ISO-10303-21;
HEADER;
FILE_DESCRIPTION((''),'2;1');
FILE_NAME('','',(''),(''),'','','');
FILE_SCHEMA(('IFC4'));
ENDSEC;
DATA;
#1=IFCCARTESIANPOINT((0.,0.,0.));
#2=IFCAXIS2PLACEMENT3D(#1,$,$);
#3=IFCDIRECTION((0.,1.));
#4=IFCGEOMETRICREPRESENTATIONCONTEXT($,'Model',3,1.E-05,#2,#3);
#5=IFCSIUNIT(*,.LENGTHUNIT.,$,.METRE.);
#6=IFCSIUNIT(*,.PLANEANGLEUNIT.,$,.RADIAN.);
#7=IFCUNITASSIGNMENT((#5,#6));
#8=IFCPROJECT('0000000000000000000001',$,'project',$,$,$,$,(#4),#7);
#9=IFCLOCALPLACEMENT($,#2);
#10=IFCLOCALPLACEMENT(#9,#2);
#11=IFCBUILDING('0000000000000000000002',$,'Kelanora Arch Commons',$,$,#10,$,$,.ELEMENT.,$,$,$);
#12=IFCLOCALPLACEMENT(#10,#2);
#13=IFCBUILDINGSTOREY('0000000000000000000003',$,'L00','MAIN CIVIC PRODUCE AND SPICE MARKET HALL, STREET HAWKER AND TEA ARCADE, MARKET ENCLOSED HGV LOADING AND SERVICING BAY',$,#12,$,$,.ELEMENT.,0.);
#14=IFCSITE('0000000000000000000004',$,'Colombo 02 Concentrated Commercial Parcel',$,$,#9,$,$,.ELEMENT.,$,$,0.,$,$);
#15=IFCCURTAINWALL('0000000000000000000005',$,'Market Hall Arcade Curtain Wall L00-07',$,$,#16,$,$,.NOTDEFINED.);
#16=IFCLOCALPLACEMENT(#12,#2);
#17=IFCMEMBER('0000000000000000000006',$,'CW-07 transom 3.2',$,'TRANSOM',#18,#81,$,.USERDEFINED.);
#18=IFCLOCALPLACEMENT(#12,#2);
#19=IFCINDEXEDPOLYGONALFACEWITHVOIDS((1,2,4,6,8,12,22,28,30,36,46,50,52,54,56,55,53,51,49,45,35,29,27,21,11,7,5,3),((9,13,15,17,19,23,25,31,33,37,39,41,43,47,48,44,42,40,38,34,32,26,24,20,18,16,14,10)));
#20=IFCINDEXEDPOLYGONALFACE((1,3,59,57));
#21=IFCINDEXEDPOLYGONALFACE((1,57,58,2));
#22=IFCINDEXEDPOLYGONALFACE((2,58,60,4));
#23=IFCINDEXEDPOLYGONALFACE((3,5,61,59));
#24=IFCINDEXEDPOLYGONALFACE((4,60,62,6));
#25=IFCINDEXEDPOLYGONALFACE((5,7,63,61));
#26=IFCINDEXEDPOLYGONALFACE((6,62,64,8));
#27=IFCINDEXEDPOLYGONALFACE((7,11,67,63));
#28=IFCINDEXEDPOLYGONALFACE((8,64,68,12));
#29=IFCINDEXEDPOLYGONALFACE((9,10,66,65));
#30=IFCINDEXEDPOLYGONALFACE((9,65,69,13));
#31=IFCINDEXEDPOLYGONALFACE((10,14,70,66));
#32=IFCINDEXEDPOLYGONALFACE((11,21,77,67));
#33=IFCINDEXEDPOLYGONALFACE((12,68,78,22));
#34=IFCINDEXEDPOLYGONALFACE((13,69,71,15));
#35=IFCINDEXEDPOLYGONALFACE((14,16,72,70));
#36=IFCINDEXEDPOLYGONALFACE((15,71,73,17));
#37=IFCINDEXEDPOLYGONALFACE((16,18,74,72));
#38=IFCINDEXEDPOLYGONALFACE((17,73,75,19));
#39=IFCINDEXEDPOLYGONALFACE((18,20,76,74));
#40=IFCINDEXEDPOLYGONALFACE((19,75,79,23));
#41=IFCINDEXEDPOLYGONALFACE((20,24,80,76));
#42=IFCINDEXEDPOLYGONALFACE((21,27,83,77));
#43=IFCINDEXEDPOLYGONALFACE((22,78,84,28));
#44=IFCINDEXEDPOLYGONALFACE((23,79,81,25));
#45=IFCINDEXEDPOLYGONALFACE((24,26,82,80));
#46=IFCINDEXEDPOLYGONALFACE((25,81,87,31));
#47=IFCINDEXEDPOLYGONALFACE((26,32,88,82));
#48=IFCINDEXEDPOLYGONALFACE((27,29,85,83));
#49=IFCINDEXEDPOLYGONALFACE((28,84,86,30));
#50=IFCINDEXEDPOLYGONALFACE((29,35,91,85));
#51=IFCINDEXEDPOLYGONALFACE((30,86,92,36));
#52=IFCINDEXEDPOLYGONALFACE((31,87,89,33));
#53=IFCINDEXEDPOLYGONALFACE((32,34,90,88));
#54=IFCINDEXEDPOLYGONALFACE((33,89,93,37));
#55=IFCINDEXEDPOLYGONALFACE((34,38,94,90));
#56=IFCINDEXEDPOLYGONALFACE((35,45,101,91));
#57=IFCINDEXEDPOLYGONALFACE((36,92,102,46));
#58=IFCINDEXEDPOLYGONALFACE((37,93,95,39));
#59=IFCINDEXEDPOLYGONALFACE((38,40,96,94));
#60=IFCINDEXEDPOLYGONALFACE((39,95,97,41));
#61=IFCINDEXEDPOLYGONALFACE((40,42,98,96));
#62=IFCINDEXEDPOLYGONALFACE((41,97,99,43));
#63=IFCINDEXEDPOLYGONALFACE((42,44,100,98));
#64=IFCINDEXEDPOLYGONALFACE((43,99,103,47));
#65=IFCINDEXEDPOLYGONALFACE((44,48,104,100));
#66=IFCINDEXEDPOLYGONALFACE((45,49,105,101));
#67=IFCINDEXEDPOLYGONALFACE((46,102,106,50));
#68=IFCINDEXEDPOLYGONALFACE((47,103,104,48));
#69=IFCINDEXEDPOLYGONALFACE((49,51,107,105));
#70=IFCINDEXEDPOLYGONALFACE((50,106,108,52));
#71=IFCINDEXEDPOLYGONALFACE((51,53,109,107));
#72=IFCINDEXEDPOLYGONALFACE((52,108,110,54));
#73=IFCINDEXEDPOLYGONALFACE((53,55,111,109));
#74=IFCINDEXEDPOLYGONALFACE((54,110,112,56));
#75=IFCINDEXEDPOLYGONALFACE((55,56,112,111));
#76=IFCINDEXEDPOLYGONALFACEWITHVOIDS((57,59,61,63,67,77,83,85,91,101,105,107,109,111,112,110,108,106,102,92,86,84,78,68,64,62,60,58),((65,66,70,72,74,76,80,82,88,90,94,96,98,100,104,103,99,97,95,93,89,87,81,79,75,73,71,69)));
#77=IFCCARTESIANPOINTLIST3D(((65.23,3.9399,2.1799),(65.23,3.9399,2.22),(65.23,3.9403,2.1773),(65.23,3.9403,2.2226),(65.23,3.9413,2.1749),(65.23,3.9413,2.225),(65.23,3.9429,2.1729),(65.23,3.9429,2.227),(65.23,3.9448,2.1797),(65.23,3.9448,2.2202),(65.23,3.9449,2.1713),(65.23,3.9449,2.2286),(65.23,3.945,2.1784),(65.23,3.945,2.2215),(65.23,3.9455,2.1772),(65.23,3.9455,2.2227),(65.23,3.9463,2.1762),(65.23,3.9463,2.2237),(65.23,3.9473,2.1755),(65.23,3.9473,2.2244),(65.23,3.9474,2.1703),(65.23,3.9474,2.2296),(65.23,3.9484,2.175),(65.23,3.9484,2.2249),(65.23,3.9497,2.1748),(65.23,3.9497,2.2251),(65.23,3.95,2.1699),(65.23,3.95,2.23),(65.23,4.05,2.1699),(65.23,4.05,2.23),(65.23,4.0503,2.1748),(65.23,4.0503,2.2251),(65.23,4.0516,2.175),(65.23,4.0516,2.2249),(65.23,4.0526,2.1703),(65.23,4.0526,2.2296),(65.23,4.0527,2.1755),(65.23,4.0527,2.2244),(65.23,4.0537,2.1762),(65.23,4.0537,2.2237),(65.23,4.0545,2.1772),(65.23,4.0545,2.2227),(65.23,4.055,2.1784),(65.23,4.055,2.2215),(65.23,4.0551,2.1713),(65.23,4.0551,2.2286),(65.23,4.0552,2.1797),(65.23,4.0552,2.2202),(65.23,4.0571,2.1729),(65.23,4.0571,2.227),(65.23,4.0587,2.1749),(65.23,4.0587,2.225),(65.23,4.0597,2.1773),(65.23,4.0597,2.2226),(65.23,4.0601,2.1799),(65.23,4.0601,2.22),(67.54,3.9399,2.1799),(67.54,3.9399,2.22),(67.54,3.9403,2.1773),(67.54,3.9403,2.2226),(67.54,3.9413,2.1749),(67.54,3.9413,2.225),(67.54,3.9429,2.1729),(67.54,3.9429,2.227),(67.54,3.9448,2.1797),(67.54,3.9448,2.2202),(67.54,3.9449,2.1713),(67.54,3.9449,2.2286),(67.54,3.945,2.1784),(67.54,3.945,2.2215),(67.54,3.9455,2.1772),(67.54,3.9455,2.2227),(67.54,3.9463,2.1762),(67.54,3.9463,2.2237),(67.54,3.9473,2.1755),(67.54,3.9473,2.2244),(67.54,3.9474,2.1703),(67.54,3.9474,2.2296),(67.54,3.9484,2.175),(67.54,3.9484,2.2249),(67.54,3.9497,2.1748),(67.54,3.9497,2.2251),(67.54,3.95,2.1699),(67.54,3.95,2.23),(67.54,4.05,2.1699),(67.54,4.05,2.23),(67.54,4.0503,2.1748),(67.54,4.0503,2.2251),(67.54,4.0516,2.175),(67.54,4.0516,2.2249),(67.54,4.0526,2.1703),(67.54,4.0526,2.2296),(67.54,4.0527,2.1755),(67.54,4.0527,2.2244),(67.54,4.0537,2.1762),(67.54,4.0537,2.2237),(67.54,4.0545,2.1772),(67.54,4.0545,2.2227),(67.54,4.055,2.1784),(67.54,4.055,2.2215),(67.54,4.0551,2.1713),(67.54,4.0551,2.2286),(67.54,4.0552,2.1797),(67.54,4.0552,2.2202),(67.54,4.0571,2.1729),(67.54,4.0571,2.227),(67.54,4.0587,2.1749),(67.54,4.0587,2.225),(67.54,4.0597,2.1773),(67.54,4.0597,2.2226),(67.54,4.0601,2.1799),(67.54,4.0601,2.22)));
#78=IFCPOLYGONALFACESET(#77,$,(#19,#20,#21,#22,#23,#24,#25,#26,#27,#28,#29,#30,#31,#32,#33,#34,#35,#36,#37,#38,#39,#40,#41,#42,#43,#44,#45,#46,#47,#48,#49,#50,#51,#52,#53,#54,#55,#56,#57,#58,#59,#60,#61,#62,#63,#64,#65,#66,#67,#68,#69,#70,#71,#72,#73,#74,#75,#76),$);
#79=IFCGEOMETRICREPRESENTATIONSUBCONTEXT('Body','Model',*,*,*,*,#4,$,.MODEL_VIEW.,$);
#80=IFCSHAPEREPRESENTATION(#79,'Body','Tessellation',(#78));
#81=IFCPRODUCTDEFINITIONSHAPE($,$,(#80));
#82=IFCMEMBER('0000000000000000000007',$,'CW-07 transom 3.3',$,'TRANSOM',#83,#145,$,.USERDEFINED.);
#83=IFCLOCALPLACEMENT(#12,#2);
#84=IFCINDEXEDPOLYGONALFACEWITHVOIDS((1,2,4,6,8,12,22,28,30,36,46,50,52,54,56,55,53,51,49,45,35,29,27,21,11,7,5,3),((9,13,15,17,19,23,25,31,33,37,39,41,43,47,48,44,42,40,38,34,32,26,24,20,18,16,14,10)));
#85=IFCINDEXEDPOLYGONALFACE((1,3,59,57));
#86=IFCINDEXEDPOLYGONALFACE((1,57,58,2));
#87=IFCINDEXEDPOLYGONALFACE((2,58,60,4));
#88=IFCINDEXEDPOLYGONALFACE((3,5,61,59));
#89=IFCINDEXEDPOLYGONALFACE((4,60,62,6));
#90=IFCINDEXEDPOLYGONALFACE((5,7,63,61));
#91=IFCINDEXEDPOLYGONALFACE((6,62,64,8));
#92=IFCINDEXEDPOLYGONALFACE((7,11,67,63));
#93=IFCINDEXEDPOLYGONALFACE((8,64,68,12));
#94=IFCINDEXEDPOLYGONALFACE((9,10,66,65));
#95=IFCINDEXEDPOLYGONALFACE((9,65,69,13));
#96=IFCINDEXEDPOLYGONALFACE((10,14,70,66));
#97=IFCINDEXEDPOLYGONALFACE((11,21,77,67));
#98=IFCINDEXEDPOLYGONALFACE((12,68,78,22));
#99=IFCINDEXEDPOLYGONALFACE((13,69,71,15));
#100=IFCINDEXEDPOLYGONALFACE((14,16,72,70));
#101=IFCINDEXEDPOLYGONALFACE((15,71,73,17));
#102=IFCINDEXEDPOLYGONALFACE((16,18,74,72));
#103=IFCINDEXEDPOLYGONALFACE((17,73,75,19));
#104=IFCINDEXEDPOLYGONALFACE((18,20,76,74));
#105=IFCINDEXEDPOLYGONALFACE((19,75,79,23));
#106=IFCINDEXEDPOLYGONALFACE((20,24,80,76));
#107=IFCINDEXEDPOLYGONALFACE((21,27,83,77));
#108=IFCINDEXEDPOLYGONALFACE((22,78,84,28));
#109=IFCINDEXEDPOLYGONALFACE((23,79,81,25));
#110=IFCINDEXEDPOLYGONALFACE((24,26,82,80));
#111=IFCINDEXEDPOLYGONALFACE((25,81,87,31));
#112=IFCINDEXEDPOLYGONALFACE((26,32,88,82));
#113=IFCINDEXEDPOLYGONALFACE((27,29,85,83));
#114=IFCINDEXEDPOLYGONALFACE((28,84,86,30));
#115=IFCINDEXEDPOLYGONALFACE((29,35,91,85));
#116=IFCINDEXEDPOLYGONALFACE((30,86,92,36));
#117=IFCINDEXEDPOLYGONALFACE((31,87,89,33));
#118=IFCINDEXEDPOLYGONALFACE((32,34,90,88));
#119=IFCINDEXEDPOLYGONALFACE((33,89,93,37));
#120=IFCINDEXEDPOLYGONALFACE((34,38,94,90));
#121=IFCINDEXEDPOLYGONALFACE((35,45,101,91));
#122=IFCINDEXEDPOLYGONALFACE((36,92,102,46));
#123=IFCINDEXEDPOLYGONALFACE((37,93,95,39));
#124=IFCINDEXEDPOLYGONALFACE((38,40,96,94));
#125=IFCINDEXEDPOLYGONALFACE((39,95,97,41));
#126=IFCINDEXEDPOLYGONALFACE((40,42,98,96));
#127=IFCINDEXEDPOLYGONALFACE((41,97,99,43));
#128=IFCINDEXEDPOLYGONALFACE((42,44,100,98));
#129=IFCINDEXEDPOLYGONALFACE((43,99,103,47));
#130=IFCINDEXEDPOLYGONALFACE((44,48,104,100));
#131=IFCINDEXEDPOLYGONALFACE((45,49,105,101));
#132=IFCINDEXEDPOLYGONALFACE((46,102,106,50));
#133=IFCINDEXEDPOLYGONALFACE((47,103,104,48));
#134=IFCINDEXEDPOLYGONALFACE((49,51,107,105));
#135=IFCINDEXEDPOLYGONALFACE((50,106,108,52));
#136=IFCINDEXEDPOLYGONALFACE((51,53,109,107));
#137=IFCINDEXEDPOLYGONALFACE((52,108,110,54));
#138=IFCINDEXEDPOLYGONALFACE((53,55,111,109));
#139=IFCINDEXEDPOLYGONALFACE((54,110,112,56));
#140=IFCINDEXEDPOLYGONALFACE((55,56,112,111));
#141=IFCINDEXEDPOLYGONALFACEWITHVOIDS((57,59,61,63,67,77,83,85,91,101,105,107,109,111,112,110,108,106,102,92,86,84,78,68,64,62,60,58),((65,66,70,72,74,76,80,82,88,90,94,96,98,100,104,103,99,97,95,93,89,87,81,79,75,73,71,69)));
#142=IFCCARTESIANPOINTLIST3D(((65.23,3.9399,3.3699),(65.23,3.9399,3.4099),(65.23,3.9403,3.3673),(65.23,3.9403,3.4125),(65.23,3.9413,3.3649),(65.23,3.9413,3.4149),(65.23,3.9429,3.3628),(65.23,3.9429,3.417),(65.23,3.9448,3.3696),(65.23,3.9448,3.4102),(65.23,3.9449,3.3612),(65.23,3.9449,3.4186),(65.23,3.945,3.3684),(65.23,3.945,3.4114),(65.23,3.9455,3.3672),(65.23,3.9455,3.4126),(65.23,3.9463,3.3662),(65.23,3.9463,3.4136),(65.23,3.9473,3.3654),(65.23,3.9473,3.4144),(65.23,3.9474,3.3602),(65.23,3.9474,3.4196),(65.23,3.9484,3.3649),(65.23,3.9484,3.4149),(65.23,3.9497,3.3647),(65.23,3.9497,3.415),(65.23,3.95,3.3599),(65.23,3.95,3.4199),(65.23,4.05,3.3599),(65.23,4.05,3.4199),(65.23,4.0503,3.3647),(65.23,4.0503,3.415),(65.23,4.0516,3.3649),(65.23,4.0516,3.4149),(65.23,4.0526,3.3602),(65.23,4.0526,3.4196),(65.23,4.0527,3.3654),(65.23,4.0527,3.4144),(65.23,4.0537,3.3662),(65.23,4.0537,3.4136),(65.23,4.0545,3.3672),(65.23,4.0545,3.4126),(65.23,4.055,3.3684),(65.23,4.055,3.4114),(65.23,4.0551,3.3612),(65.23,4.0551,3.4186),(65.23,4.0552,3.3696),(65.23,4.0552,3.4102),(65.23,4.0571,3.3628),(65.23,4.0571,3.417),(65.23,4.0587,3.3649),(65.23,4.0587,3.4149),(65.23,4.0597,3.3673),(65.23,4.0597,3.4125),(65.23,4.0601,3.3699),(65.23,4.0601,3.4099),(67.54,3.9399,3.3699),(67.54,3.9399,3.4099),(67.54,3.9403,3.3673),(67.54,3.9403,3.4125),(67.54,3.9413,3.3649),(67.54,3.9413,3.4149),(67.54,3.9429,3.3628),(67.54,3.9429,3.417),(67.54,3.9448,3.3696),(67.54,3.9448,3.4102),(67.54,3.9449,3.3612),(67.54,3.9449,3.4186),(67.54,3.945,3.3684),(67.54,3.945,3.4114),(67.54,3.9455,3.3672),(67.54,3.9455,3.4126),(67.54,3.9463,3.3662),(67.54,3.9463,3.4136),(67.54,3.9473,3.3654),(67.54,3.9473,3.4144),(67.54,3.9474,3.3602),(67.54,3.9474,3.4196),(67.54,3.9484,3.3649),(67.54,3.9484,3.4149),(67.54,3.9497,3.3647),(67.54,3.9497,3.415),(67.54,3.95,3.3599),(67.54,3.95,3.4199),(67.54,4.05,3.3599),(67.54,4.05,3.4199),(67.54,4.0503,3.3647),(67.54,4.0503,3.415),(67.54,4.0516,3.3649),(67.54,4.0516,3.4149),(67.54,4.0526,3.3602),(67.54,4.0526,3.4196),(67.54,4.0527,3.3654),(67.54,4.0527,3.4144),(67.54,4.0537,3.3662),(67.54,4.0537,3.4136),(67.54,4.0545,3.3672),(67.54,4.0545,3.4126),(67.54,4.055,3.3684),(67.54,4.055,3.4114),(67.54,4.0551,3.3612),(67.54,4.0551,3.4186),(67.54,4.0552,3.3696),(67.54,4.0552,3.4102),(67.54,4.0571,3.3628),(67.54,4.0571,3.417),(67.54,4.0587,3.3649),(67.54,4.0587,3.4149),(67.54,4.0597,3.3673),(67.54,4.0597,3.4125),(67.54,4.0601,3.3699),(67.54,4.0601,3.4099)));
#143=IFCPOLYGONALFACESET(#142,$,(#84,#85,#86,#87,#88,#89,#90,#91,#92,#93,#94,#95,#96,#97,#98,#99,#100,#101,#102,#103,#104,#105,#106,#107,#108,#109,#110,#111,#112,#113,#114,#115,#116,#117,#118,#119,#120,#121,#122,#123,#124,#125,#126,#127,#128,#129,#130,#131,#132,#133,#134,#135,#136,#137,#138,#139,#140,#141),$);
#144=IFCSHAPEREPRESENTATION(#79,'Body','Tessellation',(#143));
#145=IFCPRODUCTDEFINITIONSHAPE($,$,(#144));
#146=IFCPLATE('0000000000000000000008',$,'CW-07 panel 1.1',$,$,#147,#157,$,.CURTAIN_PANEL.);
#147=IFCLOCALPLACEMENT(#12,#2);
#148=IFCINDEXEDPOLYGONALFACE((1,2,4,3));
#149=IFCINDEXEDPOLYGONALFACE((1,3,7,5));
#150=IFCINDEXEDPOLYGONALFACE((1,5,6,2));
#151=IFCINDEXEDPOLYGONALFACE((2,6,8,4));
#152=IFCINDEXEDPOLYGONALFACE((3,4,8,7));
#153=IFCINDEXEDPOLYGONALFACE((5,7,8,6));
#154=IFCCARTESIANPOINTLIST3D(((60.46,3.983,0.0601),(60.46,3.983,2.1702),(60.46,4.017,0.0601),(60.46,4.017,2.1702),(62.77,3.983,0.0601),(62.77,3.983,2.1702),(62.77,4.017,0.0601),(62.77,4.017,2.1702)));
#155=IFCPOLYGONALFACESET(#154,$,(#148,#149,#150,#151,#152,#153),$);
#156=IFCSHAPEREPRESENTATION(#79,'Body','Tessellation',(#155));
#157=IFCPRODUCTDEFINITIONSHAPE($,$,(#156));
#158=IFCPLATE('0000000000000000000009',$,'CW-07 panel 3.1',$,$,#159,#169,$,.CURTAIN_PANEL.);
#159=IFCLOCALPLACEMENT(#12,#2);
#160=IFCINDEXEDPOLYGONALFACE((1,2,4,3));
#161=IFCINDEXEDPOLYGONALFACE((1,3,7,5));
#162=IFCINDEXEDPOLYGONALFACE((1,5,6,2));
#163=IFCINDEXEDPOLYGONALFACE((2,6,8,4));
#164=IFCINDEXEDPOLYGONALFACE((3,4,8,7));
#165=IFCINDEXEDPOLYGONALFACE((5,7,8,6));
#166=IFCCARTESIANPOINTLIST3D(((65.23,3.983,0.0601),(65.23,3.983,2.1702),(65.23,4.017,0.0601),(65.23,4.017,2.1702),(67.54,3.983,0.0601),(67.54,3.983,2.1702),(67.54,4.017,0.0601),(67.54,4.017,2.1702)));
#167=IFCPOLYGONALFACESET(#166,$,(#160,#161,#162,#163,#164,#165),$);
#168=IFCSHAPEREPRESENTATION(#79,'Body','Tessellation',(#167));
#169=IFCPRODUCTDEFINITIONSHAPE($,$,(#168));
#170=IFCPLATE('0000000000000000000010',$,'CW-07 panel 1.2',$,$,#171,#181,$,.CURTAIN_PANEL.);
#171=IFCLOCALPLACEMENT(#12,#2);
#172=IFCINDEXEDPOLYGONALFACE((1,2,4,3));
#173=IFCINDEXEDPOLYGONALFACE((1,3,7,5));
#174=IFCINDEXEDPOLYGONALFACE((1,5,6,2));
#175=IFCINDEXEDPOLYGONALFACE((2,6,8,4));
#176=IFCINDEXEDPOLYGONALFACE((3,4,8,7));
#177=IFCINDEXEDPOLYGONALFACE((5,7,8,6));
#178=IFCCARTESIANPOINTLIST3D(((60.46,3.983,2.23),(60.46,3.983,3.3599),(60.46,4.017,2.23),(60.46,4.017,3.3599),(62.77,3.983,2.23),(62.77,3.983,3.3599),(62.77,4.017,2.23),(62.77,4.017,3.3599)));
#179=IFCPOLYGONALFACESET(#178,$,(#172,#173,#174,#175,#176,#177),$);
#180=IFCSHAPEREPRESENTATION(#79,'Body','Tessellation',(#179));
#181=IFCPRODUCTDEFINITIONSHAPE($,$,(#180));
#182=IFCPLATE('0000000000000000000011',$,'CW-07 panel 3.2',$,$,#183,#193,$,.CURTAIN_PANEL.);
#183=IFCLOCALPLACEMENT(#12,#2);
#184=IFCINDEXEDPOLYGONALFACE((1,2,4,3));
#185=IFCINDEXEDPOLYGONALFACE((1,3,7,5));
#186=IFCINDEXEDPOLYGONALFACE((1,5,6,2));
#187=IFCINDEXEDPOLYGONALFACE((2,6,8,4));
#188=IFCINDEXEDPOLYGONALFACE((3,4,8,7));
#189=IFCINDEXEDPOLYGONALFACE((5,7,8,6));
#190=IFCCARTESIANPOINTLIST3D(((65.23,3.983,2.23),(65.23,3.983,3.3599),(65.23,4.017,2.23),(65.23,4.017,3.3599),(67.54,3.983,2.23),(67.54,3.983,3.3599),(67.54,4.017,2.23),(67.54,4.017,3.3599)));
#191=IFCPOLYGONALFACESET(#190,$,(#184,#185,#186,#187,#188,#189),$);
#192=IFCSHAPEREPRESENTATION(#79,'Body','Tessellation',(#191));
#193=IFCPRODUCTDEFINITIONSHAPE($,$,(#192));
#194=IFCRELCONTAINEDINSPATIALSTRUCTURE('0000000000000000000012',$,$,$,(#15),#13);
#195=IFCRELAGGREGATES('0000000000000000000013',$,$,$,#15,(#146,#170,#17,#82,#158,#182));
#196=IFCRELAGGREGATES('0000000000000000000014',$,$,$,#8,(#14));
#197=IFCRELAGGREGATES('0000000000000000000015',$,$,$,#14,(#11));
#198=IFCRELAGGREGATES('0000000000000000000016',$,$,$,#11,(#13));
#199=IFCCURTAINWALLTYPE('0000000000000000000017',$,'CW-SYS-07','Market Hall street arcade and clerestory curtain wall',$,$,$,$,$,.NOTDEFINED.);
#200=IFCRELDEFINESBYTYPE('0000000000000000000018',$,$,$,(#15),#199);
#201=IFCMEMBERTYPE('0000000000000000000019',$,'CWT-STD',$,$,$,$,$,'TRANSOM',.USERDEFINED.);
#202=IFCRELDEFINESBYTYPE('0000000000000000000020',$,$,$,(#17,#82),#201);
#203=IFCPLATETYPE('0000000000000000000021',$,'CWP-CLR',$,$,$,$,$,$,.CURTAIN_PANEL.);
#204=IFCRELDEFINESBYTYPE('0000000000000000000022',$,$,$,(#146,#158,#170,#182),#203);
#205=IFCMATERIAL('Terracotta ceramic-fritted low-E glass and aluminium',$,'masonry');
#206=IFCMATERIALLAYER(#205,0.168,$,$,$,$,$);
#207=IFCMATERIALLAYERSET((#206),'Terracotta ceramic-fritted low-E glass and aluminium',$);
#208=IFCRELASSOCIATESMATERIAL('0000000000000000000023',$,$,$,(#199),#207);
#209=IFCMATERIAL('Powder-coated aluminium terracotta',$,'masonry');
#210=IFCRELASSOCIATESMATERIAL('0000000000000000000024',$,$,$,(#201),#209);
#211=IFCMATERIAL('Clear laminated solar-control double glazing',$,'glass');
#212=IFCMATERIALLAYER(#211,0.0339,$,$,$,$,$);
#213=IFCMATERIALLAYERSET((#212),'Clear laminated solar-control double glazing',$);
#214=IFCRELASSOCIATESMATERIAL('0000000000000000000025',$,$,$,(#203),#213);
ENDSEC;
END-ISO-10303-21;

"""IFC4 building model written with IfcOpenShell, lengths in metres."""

from ifc_helpers import new_model, si_unit, direction, frame, origin, origin_2d, place, context, subcontext, project, spatial, rectangle, hollow_rectangle, extrude, source, transform, mapped, material, layer, layer_set, material_profile, profile_set, type_object, element, aggregate, save


model = new_model("IFC4")

# Units and contexts
model_context = context("Model", 3, precision=1e-05, world=origin(), true_north=direction((0.0, 1.0)))
body_context = subcontext(model_context, "Body", "Model", "MODEL_VIEW")
ifc_project = project(units=[si_unit("LENGTHUNIT", "METRE"), si_unit("PLANEANGLEUNIT", "RADIAN")], contexts=[model_context])

# Site, building, storey
site_placement = place(None, origin())
site = spatial("IfcSite", under=ifc_project, at=site_placement, Name="Colombo 02 Concentrated Commercial Parcel", CompositionType="ELEMENT", RefElevation=0.0)
building_placement = place(site_placement, origin())
building = spatial("IfcBuilding", under=site, at=building_placement, Name="Kelanora Arch Commons", CompositionType="ELEMENT")
storey_placement = place(building_placement, origin())
storey = spatial("IfcBuildingStorey", under=building, at=storey_placement, Name="L00", Description="MAIN CIVIC PRODUCE AND SPICE MARKET HALL, STREET HAWKER AND TEA ARCADE, MARKET ENCLOSED HGV LOADING AND SERVICING BAY", CompositionType="ELEMENT", Elevation=0.0)

# Curtain wall, members, plates
ifc_material_1 = material(Name="Terracotta ceramic-fritted low-E glass and aluminium", Category="masonry")
ifc_layer_1 = layer(ifc_material_1, 0.168)
ifc_layer_set_1 = layer_set([ifc_layer_1], Name="Terracotta ceramic-fritted low-E glass and aluminium")
curtain_wall_type = type_object("IfcCurtainWallType", Name="CW-SYS-07", Description="Market Hall street arcade and clerestory curtain wall", PredefinedType="NOTDEFINED", material=ifc_layer_set_1)
curtain_wall_placement = place(storey_placement, origin())
curtain_wall = element("IfcCurtainWall", 1, at=curtain_wall_placement, inside=storey, type_object=curtain_wall_type, Name="Market Hall Arcade Curtain Wall L00-07", PredefinedType="NOTDEFINED")
ifc_material_2 = material(Name="Powder-coated aluminium terracotta", Category="masonry")
ifc_material_profile_1 = material_profile(ifc_material_2, hollow_rectangle(XDim=0.1201, YDim=0.0601, WallThickness=0.0049, InnerFilletRadius=0.0049, OuterFilletRadius=0.01, at=origin_2d()), Name="CWT120x60")
ifc_profile_set_1 = profile_set([ifc_material_profile_1], Name="Powder-coated aluminium terracotta")
member_type_1 = type_object("IfcMemberType", Name="CWT-STD", ElementType="TRANSOM", PredefinedType="USERDEFINED", material=ifc_profile_set_1)
member_1_placement = place(storey_placement, frame((65.23, 4.0, 2.2), z_axis=(1.0, 0.0, 0.0), x_axis=(0.0, 1.0, 0.0)))
member_1 = element("IfcMember", 2, at=member_1_placement, type_object=member_type_1, Name="CW-07 transom 3.2", ObjectType="TRANSOM", PredefinedType="USERDEFINED", context=body_context, shape_type="SweptSolid", body=[
    extrude(hollow_rectangle(XDim=0.1201, YDim=0.0601, WallThickness=0.0049, InnerFilletRadius=0.0049, OuterFilletRadius=0.01, at=origin_2d()), origin(), (0.0, 0.0, 1.0), 2.3101),
])
member_2_placement = place(storey_placement, frame((65.23, 4.0, 3.3899), z_axis=(1.0, 0.0, 0.0), x_axis=(0.0, 1.0, 0.0)))
member_2 = element("IfcMember", 3, at=member_2_placement, type_object=member_type_1, Name="CW-07 transom 3.3", ObjectType="TRANSOM", PredefinedType="USERDEFINED", context=body_context, shape_type="SweptSolid", body=[
    extrude(hollow_rectangle(XDim=0.1201, YDim=0.0601, WallThickness=0.0049, InnerFilletRadius=0.0049, OuterFilletRadius=0.01, at=origin_2d()), origin(), (0.0, 0.0, 1.0), 2.3101),
])
ifc_material_3 = material(Name="Clear laminated solar-control double glazing", Category="glass")
ifc_layer_2 = layer(ifc_material_3, 0.0339)
ifc_layer_set_2 = layer_set([ifc_layer_2], Name="Clear laminated solar-control double glazing")
plate_type = type_object("IfcPlateType", Name="CWP-CLR", PredefinedType="CURTAIN_PANEL", material=ifc_layer_set_2)
shared_shape_1 = source(origin(), body_context, "Body", "SweptSolid", [
    extrude(rectangle(XDim=2.3101, YDim=0.0339, at=origin_2d()), origin(), (0.0, 0.0, 1.0), 2.1101),
])
plate_1_placement = place(storey_placement, frame((61.615, 4.0, 0.0601), z_axis=(0.0, 0.0, 1.0), x_axis=(1.0, 0.0, 0.0)))
plate_1 = element("IfcPlate", 4, at=plate_1_placement, type_object=plate_type, Name="CW-07 panel 1.1", PredefinedType="CURTAIN_PANEL", context=body_context, shape_type="MappedRepresentation", body=[
    mapped(shared_shape_1, transform((0.0, 0.0, 0.0), scale=1.0)),
])
plate_2_placement = place(storey_placement, frame((66.385, 4.0, 0.0601), z_axis=(0.0, 0.0, 1.0), x_axis=(1.0, 0.0, 0.0)))
plate_2 = element("IfcPlate", 5, at=plate_2_placement, type_object=plate_type, Name="CW-07 panel 3.1", PredefinedType="CURTAIN_PANEL", context=body_context, shape_type="MappedRepresentation", body=[
    mapped(shared_shape_1, transform((0.0, 0.0, 0.0), scale=1.0)),
])
shared_shape_2 = source(origin(), body_context, "Body", "SweptSolid", [
    extrude(rectangle(XDim=2.3101, YDim=0.0339, at=origin_2d()), origin(), (0.0, 0.0, 1.0), 1.1299),
])
plate_3_placement = place(storey_placement, frame((61.615, 4.0, 2.23), z_axis=(0.0, 0.0, 1.0), x_axis=(1.0, 0.0, 0.0)))
plate_3 = element("IfcPlate", 6, at=plate_3_placement, type_object=plate_type, Name="CW-07 panel 1.2", PredefinedType="CURTAIN_PANEL", context=body_context, shape_type="MappedRepresentation", body=[
    mapped(shared_shape_2, transform((0.0, 0.0, 0.0), scale=1.0)),
])
plate_4_placement = place(storey_placement, frame((66.385, 4.0, 2.23), z_axis=(0.0, 0.0, 1.0), x_axis=(1.0, 0.0, 0.0)))
plate_4 = element("IfcPlate", 7, at=plate_4_placement, type_object=plate_type, Name="CW-07 panel 3.2", PredefinedType="CURTAIN_PANEL", context=body_context, shape_type="MappedRepresentation", body=[
    mapped(shared_shape_2, transform((0.0, 0.0, 0.0), scale=1.0)),
])
aggregate(curtain_wall, [plate_1, plate_3, member_1, member_2, plate_2, plate_4])

save(model, "model.ifc")
